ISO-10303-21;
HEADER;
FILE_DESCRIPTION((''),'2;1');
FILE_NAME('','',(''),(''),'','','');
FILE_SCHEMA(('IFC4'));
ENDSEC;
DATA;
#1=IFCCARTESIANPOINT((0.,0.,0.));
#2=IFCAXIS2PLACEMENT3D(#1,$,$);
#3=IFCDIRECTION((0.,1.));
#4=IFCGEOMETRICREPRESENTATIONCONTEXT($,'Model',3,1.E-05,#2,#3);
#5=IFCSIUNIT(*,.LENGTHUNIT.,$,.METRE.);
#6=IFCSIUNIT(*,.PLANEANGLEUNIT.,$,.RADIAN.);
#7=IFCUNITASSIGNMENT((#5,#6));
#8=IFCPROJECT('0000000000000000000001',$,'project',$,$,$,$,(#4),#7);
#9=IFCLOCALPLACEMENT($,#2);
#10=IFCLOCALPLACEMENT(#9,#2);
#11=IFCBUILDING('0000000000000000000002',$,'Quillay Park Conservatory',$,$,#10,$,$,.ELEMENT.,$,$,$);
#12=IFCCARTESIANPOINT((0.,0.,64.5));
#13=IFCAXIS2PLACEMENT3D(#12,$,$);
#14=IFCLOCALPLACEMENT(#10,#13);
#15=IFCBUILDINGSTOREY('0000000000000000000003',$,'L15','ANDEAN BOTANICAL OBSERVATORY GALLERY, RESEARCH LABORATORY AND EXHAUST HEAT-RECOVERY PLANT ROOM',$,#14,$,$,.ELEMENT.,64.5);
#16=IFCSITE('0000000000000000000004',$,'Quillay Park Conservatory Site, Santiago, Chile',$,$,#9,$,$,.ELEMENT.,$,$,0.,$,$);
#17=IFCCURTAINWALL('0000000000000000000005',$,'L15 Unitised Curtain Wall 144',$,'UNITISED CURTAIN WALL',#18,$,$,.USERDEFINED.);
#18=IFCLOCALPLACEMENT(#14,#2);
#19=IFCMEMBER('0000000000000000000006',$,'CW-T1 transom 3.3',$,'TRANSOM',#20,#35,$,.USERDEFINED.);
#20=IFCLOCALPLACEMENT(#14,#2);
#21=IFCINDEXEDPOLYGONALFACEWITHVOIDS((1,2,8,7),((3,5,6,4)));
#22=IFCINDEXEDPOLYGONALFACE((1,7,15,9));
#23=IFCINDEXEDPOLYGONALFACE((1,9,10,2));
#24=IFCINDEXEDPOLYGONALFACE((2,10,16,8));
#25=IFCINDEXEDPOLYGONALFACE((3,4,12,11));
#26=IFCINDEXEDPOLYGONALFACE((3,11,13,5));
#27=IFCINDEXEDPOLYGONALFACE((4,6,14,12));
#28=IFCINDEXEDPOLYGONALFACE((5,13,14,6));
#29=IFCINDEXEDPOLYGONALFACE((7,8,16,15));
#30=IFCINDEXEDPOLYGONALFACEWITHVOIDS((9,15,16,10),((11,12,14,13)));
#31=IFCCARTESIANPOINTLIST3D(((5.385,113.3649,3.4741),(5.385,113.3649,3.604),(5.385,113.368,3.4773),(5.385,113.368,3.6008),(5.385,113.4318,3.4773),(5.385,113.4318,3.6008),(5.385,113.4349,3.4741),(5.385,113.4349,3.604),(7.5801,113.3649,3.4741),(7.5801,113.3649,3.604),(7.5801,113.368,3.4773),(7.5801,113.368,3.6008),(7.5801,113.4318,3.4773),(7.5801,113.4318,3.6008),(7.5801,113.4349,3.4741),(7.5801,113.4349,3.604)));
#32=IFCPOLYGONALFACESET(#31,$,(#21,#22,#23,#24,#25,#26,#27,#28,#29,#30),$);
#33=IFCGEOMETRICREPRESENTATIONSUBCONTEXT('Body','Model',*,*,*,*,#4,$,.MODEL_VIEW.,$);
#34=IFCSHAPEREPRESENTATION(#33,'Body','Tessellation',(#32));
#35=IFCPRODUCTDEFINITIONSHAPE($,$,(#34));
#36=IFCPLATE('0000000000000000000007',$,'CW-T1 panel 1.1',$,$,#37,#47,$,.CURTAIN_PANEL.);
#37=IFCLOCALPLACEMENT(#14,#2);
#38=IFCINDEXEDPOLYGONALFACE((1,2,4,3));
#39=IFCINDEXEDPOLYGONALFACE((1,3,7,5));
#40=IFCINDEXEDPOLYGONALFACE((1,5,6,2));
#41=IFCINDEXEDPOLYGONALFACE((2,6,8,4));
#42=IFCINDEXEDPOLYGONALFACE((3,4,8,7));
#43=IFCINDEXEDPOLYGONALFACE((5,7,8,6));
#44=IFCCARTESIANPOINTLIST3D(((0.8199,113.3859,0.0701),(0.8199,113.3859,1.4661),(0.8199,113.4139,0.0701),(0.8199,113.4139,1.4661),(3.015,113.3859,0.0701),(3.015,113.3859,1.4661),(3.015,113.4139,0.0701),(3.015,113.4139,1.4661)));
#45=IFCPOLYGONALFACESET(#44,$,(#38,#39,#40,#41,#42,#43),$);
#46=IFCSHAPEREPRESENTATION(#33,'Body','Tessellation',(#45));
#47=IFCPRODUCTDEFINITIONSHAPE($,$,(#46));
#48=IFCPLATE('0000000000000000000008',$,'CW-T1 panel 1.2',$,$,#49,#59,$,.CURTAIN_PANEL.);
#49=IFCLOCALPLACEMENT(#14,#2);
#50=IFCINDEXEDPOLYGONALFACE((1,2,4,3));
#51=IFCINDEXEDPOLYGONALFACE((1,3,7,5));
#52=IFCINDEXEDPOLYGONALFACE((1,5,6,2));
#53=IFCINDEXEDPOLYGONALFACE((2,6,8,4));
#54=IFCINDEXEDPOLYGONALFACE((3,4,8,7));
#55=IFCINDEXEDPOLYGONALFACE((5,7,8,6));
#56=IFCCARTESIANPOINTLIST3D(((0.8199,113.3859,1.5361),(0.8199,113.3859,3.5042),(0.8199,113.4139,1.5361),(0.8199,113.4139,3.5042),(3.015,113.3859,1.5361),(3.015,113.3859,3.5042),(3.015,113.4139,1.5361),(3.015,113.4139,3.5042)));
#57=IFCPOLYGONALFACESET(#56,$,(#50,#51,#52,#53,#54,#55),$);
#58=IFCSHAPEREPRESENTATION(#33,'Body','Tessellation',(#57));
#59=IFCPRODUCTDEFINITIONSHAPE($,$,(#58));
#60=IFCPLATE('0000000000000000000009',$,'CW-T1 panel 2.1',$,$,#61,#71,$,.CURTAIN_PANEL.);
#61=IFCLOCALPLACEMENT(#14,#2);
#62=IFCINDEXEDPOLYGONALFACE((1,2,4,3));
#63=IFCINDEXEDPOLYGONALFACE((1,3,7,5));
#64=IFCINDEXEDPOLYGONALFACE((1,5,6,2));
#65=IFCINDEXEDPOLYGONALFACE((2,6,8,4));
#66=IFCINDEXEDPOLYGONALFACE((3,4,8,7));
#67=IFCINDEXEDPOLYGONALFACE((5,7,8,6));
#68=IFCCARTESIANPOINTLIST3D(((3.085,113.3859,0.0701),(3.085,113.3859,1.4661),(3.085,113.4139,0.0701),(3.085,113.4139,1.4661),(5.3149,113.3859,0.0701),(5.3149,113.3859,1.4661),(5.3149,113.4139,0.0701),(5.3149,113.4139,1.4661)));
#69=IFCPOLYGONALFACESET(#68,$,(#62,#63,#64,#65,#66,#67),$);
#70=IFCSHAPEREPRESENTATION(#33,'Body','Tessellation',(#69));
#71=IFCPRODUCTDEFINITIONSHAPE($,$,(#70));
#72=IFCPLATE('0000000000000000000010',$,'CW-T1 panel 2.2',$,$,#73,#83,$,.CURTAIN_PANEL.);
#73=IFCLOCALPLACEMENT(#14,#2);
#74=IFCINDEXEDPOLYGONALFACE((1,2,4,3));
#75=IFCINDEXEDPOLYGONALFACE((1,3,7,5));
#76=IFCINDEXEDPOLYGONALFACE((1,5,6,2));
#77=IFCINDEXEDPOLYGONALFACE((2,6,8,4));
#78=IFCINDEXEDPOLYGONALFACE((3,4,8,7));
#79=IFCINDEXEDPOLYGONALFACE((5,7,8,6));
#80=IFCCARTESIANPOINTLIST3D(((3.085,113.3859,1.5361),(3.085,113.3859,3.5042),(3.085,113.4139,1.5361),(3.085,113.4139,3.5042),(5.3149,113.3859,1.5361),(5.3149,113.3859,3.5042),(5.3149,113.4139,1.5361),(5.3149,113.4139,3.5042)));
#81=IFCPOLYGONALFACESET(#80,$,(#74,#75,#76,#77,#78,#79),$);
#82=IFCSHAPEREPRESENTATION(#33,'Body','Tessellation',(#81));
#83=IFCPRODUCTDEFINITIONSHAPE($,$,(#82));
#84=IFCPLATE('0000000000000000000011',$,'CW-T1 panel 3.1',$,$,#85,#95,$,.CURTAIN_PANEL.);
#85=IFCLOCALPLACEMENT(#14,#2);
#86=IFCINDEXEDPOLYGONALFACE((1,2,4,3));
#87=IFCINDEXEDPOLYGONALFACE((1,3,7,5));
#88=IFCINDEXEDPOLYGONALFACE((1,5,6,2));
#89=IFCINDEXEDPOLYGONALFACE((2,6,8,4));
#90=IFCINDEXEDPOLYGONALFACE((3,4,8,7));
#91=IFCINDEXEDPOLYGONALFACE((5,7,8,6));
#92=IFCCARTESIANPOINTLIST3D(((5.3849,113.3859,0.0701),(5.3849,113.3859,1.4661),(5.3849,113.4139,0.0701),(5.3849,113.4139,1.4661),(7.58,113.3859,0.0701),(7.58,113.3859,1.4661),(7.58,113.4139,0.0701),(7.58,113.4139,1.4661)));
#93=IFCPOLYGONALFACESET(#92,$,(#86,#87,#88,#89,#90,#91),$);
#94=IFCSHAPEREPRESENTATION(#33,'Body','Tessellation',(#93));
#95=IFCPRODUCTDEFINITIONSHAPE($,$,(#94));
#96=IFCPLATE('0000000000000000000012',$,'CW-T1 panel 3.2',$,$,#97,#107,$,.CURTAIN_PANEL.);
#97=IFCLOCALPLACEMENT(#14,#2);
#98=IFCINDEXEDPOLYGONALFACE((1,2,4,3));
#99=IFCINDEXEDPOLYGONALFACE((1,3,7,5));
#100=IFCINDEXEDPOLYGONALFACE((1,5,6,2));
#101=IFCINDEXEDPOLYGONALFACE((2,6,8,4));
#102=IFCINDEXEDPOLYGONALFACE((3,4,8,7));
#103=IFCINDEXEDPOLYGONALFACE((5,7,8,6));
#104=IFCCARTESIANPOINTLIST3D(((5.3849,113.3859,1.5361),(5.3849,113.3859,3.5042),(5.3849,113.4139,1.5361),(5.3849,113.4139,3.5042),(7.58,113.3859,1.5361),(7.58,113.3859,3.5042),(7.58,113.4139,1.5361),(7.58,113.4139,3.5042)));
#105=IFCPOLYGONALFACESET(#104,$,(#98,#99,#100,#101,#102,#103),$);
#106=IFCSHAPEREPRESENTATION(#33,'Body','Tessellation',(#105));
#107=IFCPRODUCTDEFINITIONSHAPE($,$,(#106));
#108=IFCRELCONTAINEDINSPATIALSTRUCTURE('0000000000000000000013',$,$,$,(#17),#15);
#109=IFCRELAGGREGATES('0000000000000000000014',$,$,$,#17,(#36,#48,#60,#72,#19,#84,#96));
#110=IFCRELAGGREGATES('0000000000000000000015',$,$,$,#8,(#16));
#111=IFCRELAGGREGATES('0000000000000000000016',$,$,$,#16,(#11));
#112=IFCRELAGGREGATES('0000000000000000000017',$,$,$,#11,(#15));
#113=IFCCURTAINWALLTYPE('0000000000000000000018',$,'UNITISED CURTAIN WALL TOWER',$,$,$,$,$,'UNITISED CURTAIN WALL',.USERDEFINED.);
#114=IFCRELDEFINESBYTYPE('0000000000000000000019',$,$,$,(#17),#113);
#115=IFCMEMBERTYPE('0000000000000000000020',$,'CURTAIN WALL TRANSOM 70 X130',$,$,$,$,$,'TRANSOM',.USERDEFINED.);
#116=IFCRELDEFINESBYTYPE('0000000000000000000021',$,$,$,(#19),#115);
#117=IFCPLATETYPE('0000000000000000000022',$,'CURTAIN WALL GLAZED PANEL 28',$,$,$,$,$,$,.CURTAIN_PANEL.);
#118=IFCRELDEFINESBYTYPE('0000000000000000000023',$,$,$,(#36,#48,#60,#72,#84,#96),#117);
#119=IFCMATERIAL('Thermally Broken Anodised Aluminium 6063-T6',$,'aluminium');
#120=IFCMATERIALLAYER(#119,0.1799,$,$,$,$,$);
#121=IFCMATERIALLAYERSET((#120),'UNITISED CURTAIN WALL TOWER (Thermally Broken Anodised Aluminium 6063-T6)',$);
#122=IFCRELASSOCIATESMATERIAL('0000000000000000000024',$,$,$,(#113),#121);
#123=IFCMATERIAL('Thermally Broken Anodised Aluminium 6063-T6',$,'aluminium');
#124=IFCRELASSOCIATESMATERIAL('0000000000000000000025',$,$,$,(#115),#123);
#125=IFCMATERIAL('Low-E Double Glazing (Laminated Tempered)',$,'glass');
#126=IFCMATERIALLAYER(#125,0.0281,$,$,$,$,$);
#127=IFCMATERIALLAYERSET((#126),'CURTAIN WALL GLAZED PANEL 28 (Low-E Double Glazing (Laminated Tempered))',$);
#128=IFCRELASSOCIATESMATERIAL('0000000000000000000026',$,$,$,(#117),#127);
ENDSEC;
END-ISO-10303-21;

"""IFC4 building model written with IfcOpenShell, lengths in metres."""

from ifc_helpers import new_model, si_unit, direction, frame, origin, origin_2d, place, context, subcontext, project, spatial, rectangle, hollow_rectangle, extrude, material, layer, layer_set, material_profile, profile_set, type_object, element, aggregate, save


model = new_model("IFC4")

# Units and contexts
model_context = context("Model", 3, precision=1e-05, world=origin(), true_north=direction((0.0, 1.0)))
body_context = subcontext(model_context, "Body", "Model", "MODEL_VIEW")
ifc_project = project(units=[si_unit("LENGTHUNIT", "METRE"), si_unit("PLANEANGLEUNIT", "RADIAN")], contexts=[model_context])

# Site, building, storey
site_placement = place(None, origin())
site = spatial("IfcSite", under=ifc_project, at=site_placement, Name="Quillay Park Conservatory Site, Santiago, Chile", CompositionType="ELEMENT", RefElevation=0.0)
building_placement = place(site_placement, origin())
building = spatial("IfcBuilding", under=site, at=building_placement, Name="Quillay Park Conservatory", CompositionType="ELEMENT")
storey_placement = place(building_placement, frame((0.0, 0.0, 64.5)))
storey = spatial("IfcBuildingStorey", under=building, at=storey_placement, Name="L15", Description="ANDEAN BOTANICAL OBSERVATORY GALLERY, RESEARCH LABORATORY AND EXHAUST HEAT-RECOVERY PLANT ROOM", CompositionType="ELEMENT", Elevation=64.5)

# Curtain wall, member, plates
ifc_material_1 = material(Name="Thermally Broken Anodised Aluminium 6063-T6", Category="aluminium")
ifc_layer_1 = layer(ifc_material_1, 0.1799)
ifc_layer_set_1 = layer_set([ifc_layer_1], Name="UNITISED CURTAIN WALL TOWER (Thermally Broken Anodised Aluminium 6063-T6)")
curtain_wall_type = type_object("IfcCurtainWallType", Name="UNITISED CURTAIN WALL TOWER", ElementType="UNITISED CURTAIN WALL", PredefinedType="USERDEFINED", material=ifc_layer_set_1)
curtain_wall_placement = place(storey_placement, origin())
curtain_wall = element("IfcCurtainWall", 1, at=curtain_wall_placement, inside=storey, type_object=curtain_wall_type, Name="L15 Unitised Curtain Wall 144", ObjectType="UNITISED CURTAIN WALL", PredefinedType="USERDEFINED")
ifc_material_2 = material(Name="Thermally Broken Anodised Aluminium 6063-T6", Category="aluminium")
ifc_material_profile_1 = material_profile(ifc_material_2, hollow_rectangle(XDim=0.0701, YDim=0.1299, WallThickness=0.0032, at=origin_2d()), Name="AL70x130x3.2")
ifc_profile_set_1 = profile_set([ifc_material_profile_1], Name="Thermally Broken Anodised Aluminium 6063-T6")
member_type_1 = type_object("IfcMemberType", Name="CURTAIN WALL TRANSOM 70 X130", ElementType="TRANSOM", PredefinedType="USERDEFINED", material=ifc_profile_set_1)
member_1_placement = place(storey_placement, frame((5.385, 113.3999, 3.5391), z_axis=(1.0, 0.0, 0.0), x_axis=(0.0, 1.0, 0.0)))
member_1 = element("IfcMember", 2, at=member_1_placement, type_object=member_type_1, Name="CW-T1 transom 3.3", ObjectType="TRANSOM", PredefinedType="USERDEFINED", context=body_context, shape_type="SweptSolid", body=[
    extrude(hollow_rectangle(XDim=0.0701, YDim=0.1299, WallThickness=0.0032, at=origin_2d()), origin(), (0.0, 0.0, 1.0), 2.1951),
])
ifc_material_3 = material(Name="Low-E Double Glazing (Laminated Tempered)", Category="glass")
ifc_layer_2 = layer(ifc_material_3, 0.0281)
ifc_layer_set_2 = layer_set([ifc_layer_2], Name="CURTAIN WALL GLAZED PANEL 28 (Low-E Double Glazing (Laminated Tempered))")
plate_type = type_object("IfcPlateType", Name="CURTAIN WALL GLAZED PANEL 28", PredefinedType="CURTAIN_PANEL", material=ifc_layer_set_2)
plate_1_placement = place(storey_placement, frame((1.9175, 113.3999, 0.0701), z_axis=(0.0, 0.0, 1.0), x_axis=(1.0, 0.0, 0.0)))
plate_1 = element("IfcPlate", 3, at=plate_1_placement, type_object=plate_type, Name="CW-T1 panel 1.1", PredefinedType="CURTAIN_PANEL", context=body_context, shape_type="SweptSolid", body=[
    extrude(rectangle(XDim=2.1951, YDim=0.0281, at=origin_2d()), origin(), (0.0, 0.0, 1.0), 1.396),
])
plate_2_placement = place(storey_placement, frame((1.9175, 113.3999, 1.5361), z_axis=(0.0, 0.0, 1.0), x_axis=(1.0, 0.0, 0.0)))
plate_2 = element("IfcPlate", 4, at=plate_2_placement, type_object=plate_type, Name="CW-T1 panel 1.2", PredefinedType="CURTAIN_PANEL", context=body_context, shape_type="SweptSolid", body=[
    extrude(rectangle(XDim=2.1951, YDim=0.0281, at=origin_2d()), origin(), (0.0, 0.0, 1.0), 1.968),
])
plate_3_placement = place(storey_placement, frame((4.2, 113.3999, 0.0701), z_axis=(0.0, 0.0, 1.0), x_axis=(1.0, 0.0, 0.0)))
plate_3 = element("IfcPlate", 5, at=plate_3_placement, type_object=plate_type, Name="CW-T1 panel 2.1", PredefinedType="CURTAIN_PANEL", context=body_context, shape_type="SweptSolid", body=[
    extrude(rectangle(XDim=2.23, YDim=0.0281, at=origin_2d()), origin(), (0.0, 0.0, 1.0), 1.396),
])
plate_4_placement = place(storey_placement, frame((4.2, 113.3999, 1.5361), z_axis=(0.0, 0.0, 1.0), x_axis=(1.0, 0.0, 0.0)))
plate_4 = element("IfcPlate", 6, at=plate_4_placement, type_object=plate_type, Name="CW-T1 panel 2.2", PredefinedType="CURTAIN_PANEL", context=body_context, shape_type="SweptSolid", body=[
    extrude(rectangle(XDim=2.23, YDim=0.0281, at=origin_2d()), origin(), (0.0, 0.0, 1.0), 1.968),
])
plate_5_placement = place(storey_placement, frame((6.4824, 113.3999, 0.0701), z_axis=(0.0, 0.0, 1.0), x_axis=(1.0, 0.0, 0.0)))
plate_5 = element("IfcPlate", 7, at=plate_5_placement, type_object=plate_type, Name="CW-T1 panel 3.1", PredefinedType="CURTAIN_PANEL", context=body_context, shape_type="SweptSolid", body=[
    extrude(rectangle(XDim=2.1951, YDim=0.0281, at=origin_2d()), origin(), (0.0, 0.0, 1.0), 1.396),
])
plate_6_placement = place(storey_placement, frame((6.4824, 113.3999, 1.5361), z_axis=(0.0, 0.0, 1.0), x_axis=(1.0, 0.0, 0.0)))
plate_6 = element("IfcPlate", 8, at=plate_6_placement, type_object=plate_type, Name="CW-T1 panel 3.2", PredefinedType="CURTAIN_PANEL", context=body_context, shape_type="SweptSolid", body=[
    extrude(rectangle(XDim=2.1951, YDim=0.0281, at=origin_2d()), origin(), (0.0, 0.0, 1.0), 1.968),
])
aggregate(curtain_wall, [plate_1, plate_2, plate_3, plate_4, member_1, plate_5, plate_6])

save(model, "model.ifc")
